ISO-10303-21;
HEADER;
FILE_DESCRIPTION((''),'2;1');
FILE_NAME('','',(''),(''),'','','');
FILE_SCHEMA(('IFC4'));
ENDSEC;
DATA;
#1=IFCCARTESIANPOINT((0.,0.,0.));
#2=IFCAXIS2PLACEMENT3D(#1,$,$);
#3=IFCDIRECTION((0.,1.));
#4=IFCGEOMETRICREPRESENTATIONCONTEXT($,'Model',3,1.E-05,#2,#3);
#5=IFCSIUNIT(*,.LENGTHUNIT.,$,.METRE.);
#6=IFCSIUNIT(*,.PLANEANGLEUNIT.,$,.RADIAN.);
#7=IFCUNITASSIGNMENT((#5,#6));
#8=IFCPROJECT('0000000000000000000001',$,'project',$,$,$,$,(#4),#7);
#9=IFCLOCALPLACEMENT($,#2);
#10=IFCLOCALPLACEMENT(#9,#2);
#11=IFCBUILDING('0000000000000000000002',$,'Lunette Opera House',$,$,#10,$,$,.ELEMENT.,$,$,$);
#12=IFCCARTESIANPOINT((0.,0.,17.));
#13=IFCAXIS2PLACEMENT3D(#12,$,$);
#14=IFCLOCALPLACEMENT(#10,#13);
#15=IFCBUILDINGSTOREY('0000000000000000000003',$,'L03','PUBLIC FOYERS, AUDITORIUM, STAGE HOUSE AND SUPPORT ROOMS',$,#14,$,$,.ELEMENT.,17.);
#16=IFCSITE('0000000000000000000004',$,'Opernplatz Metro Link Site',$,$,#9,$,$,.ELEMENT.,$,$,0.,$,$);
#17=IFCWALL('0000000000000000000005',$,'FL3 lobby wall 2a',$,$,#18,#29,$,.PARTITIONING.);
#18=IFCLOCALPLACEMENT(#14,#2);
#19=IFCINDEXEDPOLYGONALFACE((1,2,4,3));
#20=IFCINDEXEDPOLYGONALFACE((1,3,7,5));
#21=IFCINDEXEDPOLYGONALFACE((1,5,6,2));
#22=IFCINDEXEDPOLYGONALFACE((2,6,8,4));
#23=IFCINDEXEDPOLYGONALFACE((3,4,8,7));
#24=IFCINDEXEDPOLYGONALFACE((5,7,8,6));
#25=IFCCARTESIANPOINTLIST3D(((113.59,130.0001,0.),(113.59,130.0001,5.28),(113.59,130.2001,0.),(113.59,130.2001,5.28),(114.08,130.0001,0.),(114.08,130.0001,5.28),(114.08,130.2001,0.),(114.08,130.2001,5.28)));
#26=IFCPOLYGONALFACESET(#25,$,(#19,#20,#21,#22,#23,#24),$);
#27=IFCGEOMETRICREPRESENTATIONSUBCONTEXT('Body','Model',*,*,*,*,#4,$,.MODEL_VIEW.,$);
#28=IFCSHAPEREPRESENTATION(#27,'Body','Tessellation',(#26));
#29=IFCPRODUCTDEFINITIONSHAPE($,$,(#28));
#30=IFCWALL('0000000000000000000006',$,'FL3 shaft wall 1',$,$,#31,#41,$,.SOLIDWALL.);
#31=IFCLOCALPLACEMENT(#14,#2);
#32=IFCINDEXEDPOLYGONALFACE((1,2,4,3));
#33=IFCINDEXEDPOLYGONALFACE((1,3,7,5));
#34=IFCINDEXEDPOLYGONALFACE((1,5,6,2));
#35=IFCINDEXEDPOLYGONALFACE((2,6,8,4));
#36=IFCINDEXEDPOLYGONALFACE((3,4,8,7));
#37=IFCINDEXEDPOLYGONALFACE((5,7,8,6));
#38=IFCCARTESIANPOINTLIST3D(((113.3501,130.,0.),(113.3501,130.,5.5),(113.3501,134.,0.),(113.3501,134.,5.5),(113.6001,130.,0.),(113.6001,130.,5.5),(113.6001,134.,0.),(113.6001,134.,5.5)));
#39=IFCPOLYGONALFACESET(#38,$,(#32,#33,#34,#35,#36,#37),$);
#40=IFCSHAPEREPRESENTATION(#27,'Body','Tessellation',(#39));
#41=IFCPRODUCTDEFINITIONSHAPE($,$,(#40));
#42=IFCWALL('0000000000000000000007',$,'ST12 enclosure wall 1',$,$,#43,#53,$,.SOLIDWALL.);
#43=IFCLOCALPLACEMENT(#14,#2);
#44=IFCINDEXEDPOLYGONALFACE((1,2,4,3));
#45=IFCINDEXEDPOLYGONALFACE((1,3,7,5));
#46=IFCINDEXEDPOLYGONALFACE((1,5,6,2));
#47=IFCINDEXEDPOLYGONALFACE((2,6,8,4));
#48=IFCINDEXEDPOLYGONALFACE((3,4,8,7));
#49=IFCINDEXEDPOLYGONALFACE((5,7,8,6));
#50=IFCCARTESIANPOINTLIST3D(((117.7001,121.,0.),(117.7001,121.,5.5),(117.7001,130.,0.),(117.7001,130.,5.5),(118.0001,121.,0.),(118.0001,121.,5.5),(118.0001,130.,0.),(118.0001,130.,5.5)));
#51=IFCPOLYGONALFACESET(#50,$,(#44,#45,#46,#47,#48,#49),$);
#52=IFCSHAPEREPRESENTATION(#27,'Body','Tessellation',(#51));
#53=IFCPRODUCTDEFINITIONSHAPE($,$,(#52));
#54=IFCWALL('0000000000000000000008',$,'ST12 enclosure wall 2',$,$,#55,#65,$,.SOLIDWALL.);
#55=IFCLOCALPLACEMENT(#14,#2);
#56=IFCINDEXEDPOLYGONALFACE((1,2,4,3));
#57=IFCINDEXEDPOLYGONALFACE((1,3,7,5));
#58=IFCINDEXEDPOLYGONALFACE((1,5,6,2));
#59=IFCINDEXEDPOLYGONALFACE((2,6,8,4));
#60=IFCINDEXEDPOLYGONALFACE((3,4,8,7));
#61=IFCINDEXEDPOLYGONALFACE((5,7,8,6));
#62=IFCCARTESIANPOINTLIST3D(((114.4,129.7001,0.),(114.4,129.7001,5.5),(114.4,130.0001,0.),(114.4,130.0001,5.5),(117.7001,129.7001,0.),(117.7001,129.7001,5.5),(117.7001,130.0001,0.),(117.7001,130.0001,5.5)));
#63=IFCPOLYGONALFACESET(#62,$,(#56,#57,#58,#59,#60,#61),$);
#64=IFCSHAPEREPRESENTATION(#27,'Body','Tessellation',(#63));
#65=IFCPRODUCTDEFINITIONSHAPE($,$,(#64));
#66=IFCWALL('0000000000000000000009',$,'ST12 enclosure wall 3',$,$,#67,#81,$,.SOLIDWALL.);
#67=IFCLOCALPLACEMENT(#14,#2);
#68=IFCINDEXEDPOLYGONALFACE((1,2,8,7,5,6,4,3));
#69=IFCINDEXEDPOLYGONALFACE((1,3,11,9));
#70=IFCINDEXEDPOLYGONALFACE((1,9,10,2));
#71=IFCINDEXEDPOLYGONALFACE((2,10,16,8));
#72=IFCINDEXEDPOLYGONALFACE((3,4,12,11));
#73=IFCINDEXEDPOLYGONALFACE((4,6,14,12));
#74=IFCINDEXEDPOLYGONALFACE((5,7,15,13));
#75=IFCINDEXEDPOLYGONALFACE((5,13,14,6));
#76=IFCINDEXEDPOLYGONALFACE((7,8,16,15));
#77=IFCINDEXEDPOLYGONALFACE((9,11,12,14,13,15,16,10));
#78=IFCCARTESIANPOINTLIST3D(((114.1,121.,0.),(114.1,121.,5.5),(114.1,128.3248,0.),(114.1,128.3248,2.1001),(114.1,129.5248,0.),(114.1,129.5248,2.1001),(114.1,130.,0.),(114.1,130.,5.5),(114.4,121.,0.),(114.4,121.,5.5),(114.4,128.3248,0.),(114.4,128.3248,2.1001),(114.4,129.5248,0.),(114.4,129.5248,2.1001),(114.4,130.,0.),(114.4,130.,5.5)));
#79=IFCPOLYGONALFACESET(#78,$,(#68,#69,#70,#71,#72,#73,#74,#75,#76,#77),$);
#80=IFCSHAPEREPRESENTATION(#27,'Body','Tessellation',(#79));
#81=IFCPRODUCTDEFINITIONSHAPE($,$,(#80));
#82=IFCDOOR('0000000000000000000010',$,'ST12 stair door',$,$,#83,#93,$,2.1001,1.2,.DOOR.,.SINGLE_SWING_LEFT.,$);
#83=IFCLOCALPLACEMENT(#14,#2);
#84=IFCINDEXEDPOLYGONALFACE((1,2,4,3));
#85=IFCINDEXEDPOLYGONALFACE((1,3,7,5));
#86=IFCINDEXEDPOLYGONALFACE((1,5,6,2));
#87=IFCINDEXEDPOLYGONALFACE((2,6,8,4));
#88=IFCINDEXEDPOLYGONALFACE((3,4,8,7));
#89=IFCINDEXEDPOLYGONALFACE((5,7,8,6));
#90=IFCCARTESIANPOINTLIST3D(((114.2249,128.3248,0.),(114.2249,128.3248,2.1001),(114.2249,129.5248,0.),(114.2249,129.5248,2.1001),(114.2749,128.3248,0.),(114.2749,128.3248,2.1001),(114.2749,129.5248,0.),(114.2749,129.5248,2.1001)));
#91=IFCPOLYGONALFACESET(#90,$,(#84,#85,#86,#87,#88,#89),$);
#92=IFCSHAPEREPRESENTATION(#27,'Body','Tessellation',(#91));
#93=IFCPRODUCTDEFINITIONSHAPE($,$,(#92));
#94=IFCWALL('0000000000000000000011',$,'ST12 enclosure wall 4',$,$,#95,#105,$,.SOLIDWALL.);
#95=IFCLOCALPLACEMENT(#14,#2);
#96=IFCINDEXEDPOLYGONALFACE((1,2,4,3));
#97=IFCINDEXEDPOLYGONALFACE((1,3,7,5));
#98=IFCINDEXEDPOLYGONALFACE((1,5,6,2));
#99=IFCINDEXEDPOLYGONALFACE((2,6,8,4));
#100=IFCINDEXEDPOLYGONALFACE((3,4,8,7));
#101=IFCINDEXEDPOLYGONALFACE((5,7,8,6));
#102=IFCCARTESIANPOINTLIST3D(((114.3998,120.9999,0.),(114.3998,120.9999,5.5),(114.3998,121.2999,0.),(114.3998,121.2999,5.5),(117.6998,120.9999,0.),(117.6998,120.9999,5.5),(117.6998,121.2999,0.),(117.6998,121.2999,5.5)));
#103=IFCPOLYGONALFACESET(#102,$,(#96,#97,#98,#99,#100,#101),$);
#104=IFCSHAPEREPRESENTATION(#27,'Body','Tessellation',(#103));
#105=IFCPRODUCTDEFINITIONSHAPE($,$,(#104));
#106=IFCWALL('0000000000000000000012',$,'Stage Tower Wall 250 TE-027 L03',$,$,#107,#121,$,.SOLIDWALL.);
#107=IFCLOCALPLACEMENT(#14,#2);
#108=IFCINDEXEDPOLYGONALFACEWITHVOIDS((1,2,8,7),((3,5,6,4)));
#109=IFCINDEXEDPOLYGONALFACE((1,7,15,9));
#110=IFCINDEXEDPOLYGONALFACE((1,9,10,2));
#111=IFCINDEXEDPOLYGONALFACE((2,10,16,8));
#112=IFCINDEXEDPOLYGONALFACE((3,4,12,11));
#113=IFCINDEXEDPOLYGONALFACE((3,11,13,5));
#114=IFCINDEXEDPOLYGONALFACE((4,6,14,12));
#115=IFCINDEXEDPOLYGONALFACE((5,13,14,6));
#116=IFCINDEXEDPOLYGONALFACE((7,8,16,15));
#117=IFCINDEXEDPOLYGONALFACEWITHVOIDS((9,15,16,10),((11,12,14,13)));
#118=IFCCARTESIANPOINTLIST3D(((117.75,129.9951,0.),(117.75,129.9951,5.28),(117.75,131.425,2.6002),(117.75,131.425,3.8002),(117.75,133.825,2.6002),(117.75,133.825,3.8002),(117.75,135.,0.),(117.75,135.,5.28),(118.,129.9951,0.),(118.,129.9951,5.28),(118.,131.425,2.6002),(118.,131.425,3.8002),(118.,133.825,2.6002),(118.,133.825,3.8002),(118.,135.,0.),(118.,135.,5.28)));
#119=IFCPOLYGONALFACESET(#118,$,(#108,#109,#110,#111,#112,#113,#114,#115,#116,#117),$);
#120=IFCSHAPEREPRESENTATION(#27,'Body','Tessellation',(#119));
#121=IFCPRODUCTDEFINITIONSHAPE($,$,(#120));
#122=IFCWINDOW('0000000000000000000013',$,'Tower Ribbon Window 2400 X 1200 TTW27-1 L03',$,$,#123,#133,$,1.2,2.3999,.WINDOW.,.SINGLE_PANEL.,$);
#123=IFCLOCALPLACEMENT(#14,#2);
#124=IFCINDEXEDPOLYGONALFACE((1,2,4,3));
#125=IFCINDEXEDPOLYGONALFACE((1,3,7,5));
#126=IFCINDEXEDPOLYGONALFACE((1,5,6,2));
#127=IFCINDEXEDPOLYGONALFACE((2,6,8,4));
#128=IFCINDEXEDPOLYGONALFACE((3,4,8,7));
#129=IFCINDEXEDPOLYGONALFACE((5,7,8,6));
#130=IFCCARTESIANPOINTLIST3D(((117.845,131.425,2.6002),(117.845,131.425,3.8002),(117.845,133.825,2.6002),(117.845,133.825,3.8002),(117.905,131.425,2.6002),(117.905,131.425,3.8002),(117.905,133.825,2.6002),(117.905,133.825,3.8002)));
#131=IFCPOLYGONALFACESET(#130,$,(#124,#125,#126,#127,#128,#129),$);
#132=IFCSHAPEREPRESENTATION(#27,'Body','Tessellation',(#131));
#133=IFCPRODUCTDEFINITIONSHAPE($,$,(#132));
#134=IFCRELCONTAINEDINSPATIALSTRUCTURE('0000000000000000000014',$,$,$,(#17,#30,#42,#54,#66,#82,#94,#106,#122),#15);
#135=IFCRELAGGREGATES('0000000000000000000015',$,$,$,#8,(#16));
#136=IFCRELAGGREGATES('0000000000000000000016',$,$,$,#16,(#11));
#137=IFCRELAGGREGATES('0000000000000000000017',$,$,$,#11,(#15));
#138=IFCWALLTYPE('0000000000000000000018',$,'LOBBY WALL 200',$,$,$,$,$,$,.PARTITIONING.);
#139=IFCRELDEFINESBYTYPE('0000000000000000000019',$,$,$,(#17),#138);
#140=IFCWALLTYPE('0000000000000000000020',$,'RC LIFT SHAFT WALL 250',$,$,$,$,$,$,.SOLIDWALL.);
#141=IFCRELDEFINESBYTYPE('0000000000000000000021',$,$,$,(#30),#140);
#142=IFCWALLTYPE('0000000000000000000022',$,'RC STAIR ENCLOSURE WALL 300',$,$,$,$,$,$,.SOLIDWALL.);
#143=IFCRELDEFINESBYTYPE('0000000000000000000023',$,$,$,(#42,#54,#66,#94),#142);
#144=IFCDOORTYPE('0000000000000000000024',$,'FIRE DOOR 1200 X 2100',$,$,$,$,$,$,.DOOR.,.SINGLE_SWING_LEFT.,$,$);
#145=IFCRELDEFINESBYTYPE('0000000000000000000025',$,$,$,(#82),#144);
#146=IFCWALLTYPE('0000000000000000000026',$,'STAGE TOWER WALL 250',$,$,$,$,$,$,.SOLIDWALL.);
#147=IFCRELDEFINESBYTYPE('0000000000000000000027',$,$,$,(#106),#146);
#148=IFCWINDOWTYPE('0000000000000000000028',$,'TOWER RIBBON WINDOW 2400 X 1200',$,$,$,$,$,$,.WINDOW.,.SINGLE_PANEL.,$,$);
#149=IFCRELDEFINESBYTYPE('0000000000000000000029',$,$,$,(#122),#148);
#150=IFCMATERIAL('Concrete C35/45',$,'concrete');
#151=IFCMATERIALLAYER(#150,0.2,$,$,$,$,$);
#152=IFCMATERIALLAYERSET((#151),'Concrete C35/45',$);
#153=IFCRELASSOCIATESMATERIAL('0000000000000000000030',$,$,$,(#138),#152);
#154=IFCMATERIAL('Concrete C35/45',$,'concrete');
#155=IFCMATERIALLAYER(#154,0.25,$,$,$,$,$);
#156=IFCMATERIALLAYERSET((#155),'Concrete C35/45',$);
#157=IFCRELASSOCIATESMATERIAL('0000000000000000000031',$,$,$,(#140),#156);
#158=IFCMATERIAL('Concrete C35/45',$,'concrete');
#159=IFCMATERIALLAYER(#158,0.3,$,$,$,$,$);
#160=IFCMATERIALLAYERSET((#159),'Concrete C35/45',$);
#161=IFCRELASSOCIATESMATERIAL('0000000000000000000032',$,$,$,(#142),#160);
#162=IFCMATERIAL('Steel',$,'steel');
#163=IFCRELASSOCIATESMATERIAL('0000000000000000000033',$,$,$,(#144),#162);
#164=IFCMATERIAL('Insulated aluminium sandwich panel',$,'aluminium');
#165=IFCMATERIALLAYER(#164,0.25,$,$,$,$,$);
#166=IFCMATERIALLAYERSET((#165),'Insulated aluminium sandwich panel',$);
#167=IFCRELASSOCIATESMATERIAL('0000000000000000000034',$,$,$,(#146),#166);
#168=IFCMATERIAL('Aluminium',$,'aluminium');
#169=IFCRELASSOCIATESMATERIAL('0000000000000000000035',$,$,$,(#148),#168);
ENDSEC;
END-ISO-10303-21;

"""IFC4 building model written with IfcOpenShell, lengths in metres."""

from ifc_helpers import new_model, si_unit, direction, frame, frame_2d, origin, place, context, subcontext, project, spatial, rectangle, extrude, material, layer, layer_set, type_object, element, fill, save


model = new_model("IFC4")

# Units and contexts
model_context = context("Model", 3, precision=1e-05, world=origin(), true_north=direction((0.0, 1.0)))
body_context = subcontext(model_context, "Body", "Model", "MODEL_VIEW")
ifc_project = project(units=[si_unit("LENGTHUNIT", "METRE"), si_unit("PLANEANGLEUNIT", "RADIAN")], contexts=[model_context])

# Site, building, storey
site_placement = place(None, origin())
site = spatial("IfcSite", under=ifc_project, at=site_placement, Name="Opernplatz Metro Link Site", CompositionType="ELEMENT", RefElevation=0.0)
building_placement = place(site_placement, origin())
building = spatial("IfcBuilding", under=site, at=building_placement, Name="Lunette Opera House", CompositionType="ELEMENT")
storey_placement = place(building_placement, frame((0.0, 0.0, 17.0)))
storey = spatial("IfcBuildingStorey", under=building, at=storey_placement, Name="L03", Description="PUBLIC FOYERS, AUDITORIUM, STAGE HOUSE AND SUPPORT ROOMS", CompositionType="ELEMENT", Elevation=17.0)

# Walls
ifc_material_1 = material(Name="Concrete C35/45", Category="concrete")
ifc_layer_1 = layer(ifc_material_1, 0.2)
ifc_layer_set_1 = layer_set([ifc_layer_1], Name="Concrete C35/45")
wall_type_1 = type_object("IfcWallType", Name="LOBBY WALL 200", PredefinedType="PARTITIONING", material=ifc_layer_set_1)
wall_1_placement = place(storey_placement, frame((114.0801, 130.1001, 0.0), z_axis=(0.0, 0.0, 1.0), x_axis=(-1.0, 0.0, 0.0)))
element("IfcWall", 1, at=wall_1_placement, inside=storey, type_object=wall_type_1, Name="FL3 lobby wall 2a", PredefinedType="PARTITIONING", context=body_context, shape_type="SweptSolid", body=[
    extrude(rectangle(XDim=0.49, YDim=0.2, at=frame_2d((0.2451, 0.0))), origin(), (0.0, 0.0, 1.0), 5.28),
])
ifc_material_2 = material(Name="Concrete C35/45", Category="concrete")
ifc_layer_2 = layer(ifc_material_2, 0.25)
ifc_layer_set_2 = layer_set([ifc_layer_2], Name="Concrete C35/45")
wall_type_2 = type_object("IfcWallType", Name="RC LIFT SHAFT WALL 250", PredefinedType="SOLIDWALL", material=ifc_layer_set_2)
wall_2_placement = place(storey_placement, frame((113.4751, 130.0, 0.0), z_axis=(0.0, 0.0, 1.0), x_axis=(0.0, 1.0, 0.0)))
element("IfcWall", 2, at=wall_2_placement, inside=storey, type_object=wall_type_2, Name="FL3 shaft wall 1", PredefinedType="SOLIDWALL", context=body_context, shape_type="SweptSolid", body=[
    extrude(rectangle(XDim=4.0, YDim=0.25, at=frame_2d((2.0, 0.0))), origin(), (0.0, 0.0, 1.0), 5.5),
])
ifc_material_3 = material(Name="Concrete C35/45", Category="concrete")
ifc_layer_3 = layer(ifc_material_3, 0.3)
ifc_layer_set_3 = layer_set([ifc_layer_3], Name="Concrete C35/45")
wall_type_3 = type_object("IfcWallType", Name="RC STAIR ENCLOSURE WALL 300", PredefinedType="SOLIDWALL", material=ifc_layer_set_3)
wall_3_placement = place(storey_placement, frame((117.8501, 121.0, 0.0), z_axis=(0.0, 0.0, 1.0), x_axis=(0.0, 1.0, 0.0)))
element("IfcWall", 3, at=wall_3_placement, inside=storey, type_object=wall_type_3, Name="ST12 enclosure wall 1", PredefinedType="SOLIDWALL", context=body_context, shape_type="SweptSolid", body=[
    extrude(rectangle(XDim=9.0, YDim=0.3, at=frame_2d((4.5, 0.0))), origin(), (0.0, 0.0, 1.0), 5.5),
])
wall_4_placement = place(storey_placement, frame((117.7, 129.8501, 0.0), z_axis=(0.0, 0.0, 1.0), x_axis=(-1.0, 0.0, 0.0)))
element("IfcWall", 4, at=wall_4_placement, inside=storey, type_object=wall_type_3, Name="ST12 enclosure wall 2", PredefinedType="SOLIDWALL", context=body_context, shape_type="SweptSolid", body=[
    extrude(rectangle(XDim=3.3, YDim=0.3, at=frame_2d((1.6499, 0.0))), origin(), (0.0, 0.0, 1.0), 5.5),
])

# Wall, opening, door
wall_5_placement = place(storey_placement, frame((114.25, 130.0, 0.0), z_axis=(0.0, 0.0, 1.0), x_axis=(0.0, -1.0, 0.0)))
wall_5 = element("IfcWall", 5, at=wall_5_placement, inside=storey, type_object=wall_type_3, Name="ST12 enclosure wall 3", PredefinedType="SOLIDWALL", context=body_context, shape_type="SweptSolid", body=[
    extrude(rectangle(XDim=9.0, YDim=0.3, at=frame_2d((4.5, 0.0))), origin(), (0.0, 0.0, 1.0), 5.5),
])
opening_1_placement = place(wall_5_placement, frame((0.4751, 0.0, 0.0)))
opening_1 = element("IfcOpeningElement", 6, at=opening_1_placement, cuts=wall_5, PredefinedType="OPENING", context=body_context, shape_type="SweptSolid", body=[
    extrude(rectangle(XDim=1.2, YDim=2.1001, at=frame_2d((0.6001, 1.05))), frame((0.0, 0.1621, 0.0), z_axis=(0.0, -1.0, 0.0), x_axis=(1.0, 0.0, 0.0)), (0.0, 0.0, 1.0), 0.324),
])
ifc_material_4 = material(Name="Steel", Category="steel")
door_type = type_object("IfcDoorType", Name="FIRE DOOR 1200 X 2100", OperationType="SINGLE_SWING_LEFT", PredefinedType="DOOR", material=ifc_material_4)
door_placement = place(opening_1_placement, origin())
door = element("IfcDoor", 7, at=door_placement, inside=storey, type_object=door_type, Name="ST12 stair door", OperationType="SINGLE_SWING_LEFT", OverallHeight=2.1001, OverallWidth=1.2, PredefinedType="DOOR", context=body_context, shape_type="SweptSolid", body=[
    extrude(rectangle(XDim=1.2, YDim=2.1001, at=frame_2d((0.6001, 1.05))), frame((0.0, 0.0249, 0.0), z_axis=(0.0, -1.0, 0.0), x_axis=(1.0, 0.0, 0.0)), (0.0, 0.0, 1.0), 0.05),
])
fill(opening_1, door)

# Wall
wall_6_placement = place(storey_placement, frame((114.3999, 121.1499, 0.0), z_axis=(0.0, 0.0, 1.0), x_axis=(1.0, 0.0, 0.0)))
element("IfcWall", 8, at=wall_6_placement, inside=storey, type_object=wall_type_3, Name="ST12 enclosure wall 4", PredefinedType="SOLIDWALL", context=body_context, shape_type="SweptSolid", body=[
    extrude(rectangle(XDim=3.3, YDim=0.3, at=frame_2d((1.6499, 0.0))), origin(), (0.0, 0.0, 1.0), 5.5),
])

# Wall, opening, window
ifc_material_5 = material(Name="Insulated aluminium sandwich panel", Category="aluminium")
ifc_layer_4 = layer(ifc_material_5, 0.25)
ifc_layer_set_4 = layer_set([ifc_layer_4], Name="Insulated aluminium sandwich panel")
wall_type_4 = type_object("IfcWallType", Name="STAGE TOWER WALL 250", PredefinedType="SOLIDWALL", material=ifc_layer_set_4)
wall_7_placement = place(storey_placement, frame((117.875, 129.9951, 0.0), z_axis=(0.0, 0.0, 1.0), x_axis=(0.0, 1.0, 0.0)))
wall_7 = element("IfcWall", 9, at=wall_7_placement, inside=storey, type_object=wall_type_4, Name="Stage Tower Wall 250 TE-027 L03", PredefinedType="SOLIDWALL", context=body_context, shape_type="SweptSolid", body=[
    extrude(rectangle(XDim=5.0049, YDim=0.25, at=frame_2d((2.5024, 0.0))), origin(), (0.0, 0.0, 1.0), 5.28),
])
opening_2_placement = place(wall_7_placement, frame((1.4299, 0.0, 2.6001)))
opening_2 = element("IfcOpeningElement", 10, at=opening_2_placement, cuts=wall_7, PredefinedType="OPENING", context=body_context, shape_type="SweptSolid", body=[
    extrude(rectangle(XDim=2.3999, YDim=1.2, at=frame_2d((1.2, 0.6001))), frame((0.0, 0.137, 0.0), z_axis=(0.0, -1.0, 0.0), x_axis=(1.0, 0.0, 0.0)), (0.0, 0.0, 1.0), 0.2739),
])
ifc_material_6 = material(Name="Aluminium", Category="aluminium")
window_type = type_object("IfcWindowType", Name="TOWER RIBBON WINDOW 2400 X 1200", PartitioningType="SINGLE_PANEL", PredefinedType="WINDOW", material=ifc_material_6)
window_1_placement = place(opening_2_placement, origin())
window_1 = element("IfcWindow", 11, at=window_1_placement, inside=storey, type_object=window_type, Name="Tower Ribbon Window 2400 X 1200 TTW27-1 L03", OverallHeight=1.2, OverallWidth=2.3999, PartitioningType="SINGLE_PANEL", PredefinedType="WINDOW", context=body_context, shape_type="SweptSolid", body=[
    extrude(rectangle(XDim=2.3999, YDim=1.2, at=frame_2d((1.2, 0.6001))), frame((0.0, 0.03, 0.0), z_axis=(0.0, -1.0, 0.0), x_axis=(1.0, 0.0, 0.0)), (0.0, 0.0, 1.0), 0.0601),
])
fill(opening_2, window_1)

save(model, "model.ifc")
